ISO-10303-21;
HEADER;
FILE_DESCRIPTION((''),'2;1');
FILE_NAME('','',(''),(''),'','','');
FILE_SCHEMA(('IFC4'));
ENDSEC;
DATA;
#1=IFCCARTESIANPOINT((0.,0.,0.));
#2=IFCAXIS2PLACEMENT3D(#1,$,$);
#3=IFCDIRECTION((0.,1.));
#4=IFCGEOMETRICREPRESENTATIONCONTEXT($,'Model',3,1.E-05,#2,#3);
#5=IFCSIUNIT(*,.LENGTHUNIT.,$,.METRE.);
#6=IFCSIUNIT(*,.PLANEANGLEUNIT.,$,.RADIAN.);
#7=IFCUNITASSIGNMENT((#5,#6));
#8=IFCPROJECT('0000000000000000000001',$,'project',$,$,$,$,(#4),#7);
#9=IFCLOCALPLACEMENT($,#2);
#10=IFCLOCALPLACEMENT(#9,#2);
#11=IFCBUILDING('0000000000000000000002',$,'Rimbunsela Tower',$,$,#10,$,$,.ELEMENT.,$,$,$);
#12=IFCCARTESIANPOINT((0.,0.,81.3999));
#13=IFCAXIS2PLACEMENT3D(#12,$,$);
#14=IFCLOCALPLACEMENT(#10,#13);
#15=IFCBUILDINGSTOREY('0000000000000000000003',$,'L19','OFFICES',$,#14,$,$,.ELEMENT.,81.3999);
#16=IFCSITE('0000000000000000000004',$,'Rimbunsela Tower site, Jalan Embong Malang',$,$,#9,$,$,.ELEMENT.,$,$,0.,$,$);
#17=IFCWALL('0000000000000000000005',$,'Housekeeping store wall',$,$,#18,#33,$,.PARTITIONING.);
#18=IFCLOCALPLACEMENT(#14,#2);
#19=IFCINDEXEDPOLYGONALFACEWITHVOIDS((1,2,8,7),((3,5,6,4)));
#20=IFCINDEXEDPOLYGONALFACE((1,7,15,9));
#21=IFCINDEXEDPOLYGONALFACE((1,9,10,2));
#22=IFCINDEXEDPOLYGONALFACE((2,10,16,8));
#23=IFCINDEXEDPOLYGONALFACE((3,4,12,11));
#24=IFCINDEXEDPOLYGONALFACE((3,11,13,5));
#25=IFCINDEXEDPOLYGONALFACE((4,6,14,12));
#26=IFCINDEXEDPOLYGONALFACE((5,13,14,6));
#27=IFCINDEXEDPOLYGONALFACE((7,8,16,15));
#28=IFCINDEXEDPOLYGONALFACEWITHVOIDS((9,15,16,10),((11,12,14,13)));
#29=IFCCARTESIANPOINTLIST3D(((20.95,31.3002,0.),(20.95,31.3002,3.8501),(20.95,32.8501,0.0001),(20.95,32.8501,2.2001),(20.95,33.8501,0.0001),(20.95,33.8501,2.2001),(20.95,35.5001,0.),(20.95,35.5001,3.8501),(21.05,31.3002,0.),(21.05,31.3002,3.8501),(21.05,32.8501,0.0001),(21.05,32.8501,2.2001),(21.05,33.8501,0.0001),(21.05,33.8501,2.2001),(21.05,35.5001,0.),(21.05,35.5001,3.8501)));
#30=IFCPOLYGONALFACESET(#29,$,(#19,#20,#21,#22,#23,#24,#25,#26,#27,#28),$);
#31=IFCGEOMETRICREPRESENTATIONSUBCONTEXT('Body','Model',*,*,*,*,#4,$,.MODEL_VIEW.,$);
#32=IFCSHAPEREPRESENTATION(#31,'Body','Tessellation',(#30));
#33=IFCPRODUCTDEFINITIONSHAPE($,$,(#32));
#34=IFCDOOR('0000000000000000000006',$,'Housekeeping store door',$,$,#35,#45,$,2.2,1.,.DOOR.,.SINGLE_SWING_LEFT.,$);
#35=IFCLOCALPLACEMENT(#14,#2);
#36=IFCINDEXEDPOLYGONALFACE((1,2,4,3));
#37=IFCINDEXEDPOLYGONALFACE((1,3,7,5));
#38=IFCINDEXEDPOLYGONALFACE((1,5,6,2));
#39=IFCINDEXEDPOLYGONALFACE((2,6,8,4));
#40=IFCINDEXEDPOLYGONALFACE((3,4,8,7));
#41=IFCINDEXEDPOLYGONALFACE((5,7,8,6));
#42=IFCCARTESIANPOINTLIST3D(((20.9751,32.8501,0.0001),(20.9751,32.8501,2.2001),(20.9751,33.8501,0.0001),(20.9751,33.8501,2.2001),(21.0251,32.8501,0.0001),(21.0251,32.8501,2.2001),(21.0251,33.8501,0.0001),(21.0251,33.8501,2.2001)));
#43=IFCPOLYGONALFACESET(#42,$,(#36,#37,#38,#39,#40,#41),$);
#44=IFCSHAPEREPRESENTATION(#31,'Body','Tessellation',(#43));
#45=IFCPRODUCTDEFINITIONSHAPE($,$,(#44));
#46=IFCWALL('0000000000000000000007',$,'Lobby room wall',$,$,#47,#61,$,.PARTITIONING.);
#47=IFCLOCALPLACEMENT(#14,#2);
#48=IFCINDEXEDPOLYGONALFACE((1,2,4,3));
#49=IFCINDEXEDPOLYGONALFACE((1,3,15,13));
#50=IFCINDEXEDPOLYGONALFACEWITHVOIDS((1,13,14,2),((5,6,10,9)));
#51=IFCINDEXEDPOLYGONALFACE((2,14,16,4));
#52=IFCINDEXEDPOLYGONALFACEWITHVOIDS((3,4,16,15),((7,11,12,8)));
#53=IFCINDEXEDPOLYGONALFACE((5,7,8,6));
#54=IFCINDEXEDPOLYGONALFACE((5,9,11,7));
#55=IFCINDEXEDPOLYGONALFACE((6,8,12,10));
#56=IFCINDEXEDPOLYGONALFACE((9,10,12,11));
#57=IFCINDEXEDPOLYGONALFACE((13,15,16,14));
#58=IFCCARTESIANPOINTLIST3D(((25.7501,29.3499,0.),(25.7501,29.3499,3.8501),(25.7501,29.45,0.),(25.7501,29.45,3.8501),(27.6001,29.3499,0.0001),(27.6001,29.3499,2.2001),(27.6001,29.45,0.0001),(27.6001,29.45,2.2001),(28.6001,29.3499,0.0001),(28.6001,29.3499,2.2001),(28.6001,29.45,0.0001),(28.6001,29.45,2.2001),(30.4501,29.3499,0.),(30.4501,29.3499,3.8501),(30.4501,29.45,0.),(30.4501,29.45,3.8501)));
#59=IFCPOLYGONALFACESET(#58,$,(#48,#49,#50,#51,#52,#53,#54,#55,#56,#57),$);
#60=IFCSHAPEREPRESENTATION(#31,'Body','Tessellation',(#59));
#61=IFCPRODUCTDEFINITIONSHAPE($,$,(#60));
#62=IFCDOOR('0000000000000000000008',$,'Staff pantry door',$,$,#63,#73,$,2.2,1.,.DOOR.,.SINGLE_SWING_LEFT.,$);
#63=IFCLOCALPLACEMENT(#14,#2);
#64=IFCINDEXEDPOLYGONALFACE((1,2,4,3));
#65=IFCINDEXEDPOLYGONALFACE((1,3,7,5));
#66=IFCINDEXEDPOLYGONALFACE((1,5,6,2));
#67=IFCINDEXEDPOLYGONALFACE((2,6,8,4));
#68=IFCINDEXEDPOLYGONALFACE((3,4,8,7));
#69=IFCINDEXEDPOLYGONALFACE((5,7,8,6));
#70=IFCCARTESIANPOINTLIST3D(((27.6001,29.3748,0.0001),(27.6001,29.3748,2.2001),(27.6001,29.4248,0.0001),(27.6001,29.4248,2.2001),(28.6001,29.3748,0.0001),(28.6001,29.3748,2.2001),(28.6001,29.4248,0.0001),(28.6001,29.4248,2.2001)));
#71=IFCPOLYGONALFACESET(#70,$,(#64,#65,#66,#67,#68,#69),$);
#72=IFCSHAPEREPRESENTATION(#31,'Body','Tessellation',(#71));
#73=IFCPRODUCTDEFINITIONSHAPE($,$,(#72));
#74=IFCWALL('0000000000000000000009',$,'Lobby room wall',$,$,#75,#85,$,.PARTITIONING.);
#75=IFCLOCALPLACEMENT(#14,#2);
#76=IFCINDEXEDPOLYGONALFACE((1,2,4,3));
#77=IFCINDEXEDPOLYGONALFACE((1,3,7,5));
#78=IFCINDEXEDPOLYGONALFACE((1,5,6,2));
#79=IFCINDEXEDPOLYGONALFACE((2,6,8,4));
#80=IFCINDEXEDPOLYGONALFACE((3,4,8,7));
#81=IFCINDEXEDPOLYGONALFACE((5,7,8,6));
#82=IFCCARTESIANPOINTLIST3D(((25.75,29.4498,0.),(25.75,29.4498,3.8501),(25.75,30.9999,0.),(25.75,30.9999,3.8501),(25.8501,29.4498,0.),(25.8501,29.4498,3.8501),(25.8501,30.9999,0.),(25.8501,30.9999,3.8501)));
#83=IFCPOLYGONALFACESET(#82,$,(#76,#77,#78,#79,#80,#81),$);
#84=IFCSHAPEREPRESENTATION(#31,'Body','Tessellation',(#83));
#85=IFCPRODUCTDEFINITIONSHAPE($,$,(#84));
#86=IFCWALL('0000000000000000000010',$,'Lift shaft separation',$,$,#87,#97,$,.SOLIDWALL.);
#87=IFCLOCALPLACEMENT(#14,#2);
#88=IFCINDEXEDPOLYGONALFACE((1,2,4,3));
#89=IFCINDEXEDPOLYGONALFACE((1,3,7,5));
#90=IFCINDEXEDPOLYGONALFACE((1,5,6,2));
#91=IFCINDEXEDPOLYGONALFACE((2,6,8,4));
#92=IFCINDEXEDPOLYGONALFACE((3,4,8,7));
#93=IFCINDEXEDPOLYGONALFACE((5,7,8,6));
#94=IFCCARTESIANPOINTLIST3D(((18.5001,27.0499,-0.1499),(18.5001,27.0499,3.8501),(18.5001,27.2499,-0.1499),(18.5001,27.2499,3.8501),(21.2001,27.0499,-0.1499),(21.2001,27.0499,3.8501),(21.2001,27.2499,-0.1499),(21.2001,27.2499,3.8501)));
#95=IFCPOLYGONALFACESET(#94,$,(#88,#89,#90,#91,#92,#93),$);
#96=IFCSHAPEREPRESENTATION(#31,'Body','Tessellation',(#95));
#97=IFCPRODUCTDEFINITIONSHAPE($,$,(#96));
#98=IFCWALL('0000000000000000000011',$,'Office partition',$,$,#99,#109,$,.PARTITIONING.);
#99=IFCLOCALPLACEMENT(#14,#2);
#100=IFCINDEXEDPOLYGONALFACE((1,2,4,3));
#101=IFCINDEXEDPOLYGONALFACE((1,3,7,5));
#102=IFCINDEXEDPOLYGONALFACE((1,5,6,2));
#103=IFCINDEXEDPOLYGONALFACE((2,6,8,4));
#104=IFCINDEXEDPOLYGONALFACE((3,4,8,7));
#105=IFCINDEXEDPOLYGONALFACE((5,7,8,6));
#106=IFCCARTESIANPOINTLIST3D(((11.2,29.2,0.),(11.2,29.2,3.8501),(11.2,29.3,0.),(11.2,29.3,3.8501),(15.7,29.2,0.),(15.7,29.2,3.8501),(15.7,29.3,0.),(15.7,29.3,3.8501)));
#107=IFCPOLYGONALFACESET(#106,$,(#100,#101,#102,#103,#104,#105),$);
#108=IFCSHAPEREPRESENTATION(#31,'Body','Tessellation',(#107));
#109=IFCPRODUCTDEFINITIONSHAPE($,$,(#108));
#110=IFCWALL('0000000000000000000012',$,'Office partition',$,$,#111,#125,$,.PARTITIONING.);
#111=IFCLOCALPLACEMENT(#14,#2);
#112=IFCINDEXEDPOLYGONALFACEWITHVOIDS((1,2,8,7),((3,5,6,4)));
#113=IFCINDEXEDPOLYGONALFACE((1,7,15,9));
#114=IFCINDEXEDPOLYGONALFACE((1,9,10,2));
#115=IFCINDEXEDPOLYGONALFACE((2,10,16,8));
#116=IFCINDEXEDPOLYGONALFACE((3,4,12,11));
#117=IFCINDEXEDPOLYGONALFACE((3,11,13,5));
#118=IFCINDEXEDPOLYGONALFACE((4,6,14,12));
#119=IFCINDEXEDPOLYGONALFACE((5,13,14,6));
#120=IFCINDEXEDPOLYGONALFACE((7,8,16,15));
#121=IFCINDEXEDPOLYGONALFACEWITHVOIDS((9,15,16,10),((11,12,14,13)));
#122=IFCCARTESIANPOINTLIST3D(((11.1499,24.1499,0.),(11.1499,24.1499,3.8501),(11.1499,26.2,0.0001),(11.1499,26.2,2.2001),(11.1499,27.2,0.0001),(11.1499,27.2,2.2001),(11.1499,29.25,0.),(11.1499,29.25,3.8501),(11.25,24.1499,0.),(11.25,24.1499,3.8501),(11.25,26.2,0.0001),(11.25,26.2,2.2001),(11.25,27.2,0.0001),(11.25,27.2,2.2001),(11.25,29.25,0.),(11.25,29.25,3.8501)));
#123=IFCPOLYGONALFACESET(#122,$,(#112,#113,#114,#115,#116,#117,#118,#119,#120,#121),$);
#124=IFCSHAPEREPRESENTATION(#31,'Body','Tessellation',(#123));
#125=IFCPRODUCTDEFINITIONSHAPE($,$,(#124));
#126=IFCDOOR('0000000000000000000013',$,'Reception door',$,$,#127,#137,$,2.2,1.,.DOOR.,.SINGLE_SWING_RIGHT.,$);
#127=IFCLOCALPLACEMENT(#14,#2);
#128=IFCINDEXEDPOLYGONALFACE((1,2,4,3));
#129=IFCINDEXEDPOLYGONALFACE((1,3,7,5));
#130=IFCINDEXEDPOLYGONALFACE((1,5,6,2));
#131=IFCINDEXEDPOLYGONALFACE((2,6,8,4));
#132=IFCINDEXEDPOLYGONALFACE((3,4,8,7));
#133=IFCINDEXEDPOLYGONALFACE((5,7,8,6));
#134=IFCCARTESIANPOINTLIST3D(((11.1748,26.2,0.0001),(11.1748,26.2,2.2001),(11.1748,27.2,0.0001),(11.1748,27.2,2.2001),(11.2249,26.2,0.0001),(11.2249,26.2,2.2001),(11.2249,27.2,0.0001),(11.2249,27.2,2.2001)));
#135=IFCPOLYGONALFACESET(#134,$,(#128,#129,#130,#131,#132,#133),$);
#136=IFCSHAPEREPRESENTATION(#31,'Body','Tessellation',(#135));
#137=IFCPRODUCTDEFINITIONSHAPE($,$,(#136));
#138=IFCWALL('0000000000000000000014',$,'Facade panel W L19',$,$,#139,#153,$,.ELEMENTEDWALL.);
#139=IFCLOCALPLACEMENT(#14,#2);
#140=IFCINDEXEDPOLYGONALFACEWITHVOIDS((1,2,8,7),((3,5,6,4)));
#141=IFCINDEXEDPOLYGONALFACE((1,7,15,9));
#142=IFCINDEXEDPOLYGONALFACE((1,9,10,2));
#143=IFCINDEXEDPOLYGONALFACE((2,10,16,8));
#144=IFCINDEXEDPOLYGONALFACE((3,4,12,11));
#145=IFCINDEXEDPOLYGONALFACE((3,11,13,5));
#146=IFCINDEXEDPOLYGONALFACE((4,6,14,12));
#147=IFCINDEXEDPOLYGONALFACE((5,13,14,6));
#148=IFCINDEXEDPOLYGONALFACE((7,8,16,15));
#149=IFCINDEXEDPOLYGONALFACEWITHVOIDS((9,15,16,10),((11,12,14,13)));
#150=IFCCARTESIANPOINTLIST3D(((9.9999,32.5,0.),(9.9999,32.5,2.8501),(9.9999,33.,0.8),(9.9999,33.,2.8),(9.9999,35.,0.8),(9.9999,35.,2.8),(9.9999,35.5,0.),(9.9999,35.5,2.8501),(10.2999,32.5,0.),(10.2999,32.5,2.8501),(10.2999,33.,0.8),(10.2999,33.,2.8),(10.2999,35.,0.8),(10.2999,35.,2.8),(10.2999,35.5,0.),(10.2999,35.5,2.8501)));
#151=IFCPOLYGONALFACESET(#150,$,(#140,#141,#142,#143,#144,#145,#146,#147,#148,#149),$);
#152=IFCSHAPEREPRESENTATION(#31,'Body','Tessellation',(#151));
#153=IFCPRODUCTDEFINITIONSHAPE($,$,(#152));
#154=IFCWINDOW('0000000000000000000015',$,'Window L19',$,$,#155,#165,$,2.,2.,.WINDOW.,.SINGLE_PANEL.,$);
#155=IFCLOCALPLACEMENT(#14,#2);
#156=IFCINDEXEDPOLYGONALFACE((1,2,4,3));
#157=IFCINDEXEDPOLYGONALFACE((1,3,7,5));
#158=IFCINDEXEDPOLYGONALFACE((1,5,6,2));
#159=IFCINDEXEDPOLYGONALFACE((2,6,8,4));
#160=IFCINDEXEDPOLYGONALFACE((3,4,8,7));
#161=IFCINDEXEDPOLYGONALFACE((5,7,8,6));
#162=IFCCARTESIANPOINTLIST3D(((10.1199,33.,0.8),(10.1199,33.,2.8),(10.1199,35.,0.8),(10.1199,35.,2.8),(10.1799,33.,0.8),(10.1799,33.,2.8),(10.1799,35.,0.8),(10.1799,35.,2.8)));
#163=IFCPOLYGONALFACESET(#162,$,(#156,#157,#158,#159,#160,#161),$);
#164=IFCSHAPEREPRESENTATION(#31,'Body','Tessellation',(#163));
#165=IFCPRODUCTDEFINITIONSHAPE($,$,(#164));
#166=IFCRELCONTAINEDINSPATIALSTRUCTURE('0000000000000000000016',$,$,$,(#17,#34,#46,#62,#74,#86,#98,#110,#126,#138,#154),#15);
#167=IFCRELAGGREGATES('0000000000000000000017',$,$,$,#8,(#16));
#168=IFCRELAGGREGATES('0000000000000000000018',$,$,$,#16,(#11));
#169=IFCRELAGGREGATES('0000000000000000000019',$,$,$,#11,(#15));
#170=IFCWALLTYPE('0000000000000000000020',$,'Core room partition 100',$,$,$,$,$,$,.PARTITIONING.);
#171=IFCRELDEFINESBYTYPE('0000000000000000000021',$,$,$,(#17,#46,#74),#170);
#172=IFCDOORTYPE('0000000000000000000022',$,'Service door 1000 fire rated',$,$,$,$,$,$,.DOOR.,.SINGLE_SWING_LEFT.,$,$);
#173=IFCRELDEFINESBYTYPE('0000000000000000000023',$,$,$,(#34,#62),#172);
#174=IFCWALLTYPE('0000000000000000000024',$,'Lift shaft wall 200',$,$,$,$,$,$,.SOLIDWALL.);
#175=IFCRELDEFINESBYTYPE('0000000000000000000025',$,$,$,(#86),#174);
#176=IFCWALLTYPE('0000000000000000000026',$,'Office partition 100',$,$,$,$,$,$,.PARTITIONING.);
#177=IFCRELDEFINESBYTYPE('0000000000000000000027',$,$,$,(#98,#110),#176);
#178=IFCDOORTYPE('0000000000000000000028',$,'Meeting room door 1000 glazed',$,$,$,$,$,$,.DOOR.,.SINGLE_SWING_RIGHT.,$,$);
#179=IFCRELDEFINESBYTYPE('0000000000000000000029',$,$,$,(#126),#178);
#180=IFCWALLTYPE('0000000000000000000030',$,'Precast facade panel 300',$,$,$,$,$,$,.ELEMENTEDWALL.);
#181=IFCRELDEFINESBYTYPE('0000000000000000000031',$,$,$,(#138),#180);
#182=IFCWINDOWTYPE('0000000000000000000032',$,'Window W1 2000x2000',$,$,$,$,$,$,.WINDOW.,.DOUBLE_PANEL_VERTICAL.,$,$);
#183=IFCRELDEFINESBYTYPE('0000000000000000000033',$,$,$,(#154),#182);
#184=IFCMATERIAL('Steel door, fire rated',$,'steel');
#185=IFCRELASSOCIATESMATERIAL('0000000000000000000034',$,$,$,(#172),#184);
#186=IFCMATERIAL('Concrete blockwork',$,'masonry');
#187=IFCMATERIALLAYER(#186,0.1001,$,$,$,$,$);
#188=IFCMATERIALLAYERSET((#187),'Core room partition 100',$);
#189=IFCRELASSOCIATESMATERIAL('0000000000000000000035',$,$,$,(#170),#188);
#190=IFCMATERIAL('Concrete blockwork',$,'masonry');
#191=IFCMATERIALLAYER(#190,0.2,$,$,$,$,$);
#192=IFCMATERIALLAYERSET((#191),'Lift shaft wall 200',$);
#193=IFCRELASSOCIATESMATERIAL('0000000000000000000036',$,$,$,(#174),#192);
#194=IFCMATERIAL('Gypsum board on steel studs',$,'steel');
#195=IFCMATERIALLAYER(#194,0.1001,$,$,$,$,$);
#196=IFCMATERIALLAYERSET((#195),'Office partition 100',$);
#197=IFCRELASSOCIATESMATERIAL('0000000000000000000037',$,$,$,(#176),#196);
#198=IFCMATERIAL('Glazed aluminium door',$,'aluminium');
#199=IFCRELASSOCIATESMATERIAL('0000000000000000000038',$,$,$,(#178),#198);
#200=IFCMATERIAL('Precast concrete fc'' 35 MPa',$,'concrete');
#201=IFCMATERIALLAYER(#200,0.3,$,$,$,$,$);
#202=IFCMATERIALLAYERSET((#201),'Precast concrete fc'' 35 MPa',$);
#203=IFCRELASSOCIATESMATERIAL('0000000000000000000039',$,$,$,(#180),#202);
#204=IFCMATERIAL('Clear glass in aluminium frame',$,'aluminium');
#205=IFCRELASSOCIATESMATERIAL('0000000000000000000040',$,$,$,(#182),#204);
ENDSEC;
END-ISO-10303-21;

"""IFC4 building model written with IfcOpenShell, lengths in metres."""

from ifc_helpers import new_model, si_unit, direction, frame, frame_2d, origin, place, context, subcontext, project, spatial, rectangle, extrude, material, layer, layer_set, type_object, element, fill, save


model = new_model("IFC4")

# Units and contexts
model_context = context("Model", 3, precision=1e-05, world=origin(), true_north=direction((0.0, 1.0)))
body_context = subcontext(model_context, "Body", "Model", "MODEL_VIEW")
ifc_project = project(units=[si_unit("LENGTHUNIT", "METRE"), si_unit("PLANEANGLEUNIT", "RADIAN")], contexts=[model_context])

# Site, building, storey
site_placement = place(None, origin())
site = spatial("IfcSite", under=ifc_project, at=site_placement, Name="Rimbunsela Tower site, Jalan Embong Malang", CompositionType="ELEMENT", RefElevation=0.0)
building_placement = place(site_placement, origin())
building = spatial("IfcBuilding", under=site, at=building_placement, Name="Rimbunsela Tower", CompositionType="ELEMENT")
storey_placement = place(building_placement, frame((0.0, 0.0, 81.3999)))
storey = spatial("IfcBuildingStorey", under=building, at=storey_placement, Name="L19", Description="OFFICES", CompositionType="ELEMENT", Elevation=81.3999)

# Shared definitions
ifc_material_1 = material(Name="Steel door, fire rated", Category="steel")
door_type_1 = type_object("IfcDoorType", Name="Service door 1000 fire rated", OperationType="SINGLE_SWING_LEFT", PredefinedType="DOOR", material=ifc_material_1)

# Walls, openings, doors
ifc_material_2 = material(Name="Concrete blockwork", Category="masonry")
ifc_layer_1 = layer(ifc_material_2, 0.1001)
ifc_layer_set_1 = layer_set([ifc_layer_1], Name="Core room partition 100")
wall_type_1 = type_object("IfcWallType", Name="Core room partition 100", PredefinedType="PARTITIONING", material=ifc_layer_set_1)
wall_1_placement = place(storey_placement, frame((21.0, 31.3, 0.0), z_axis=(0.0, 0.0, 1.0), x_axis=(0.0, 1.0, 0.0)))
wall_1 = element("IfcWall", 1, at=wall_1_placement, inside=storey, type_object=wall_type_1, Name="Housekeeping store wall", PredefinedType="PARTITIONING", context=body_context, shape_type="SweptSolid", body=[
    extrude(rectangle(XDim=4.2, YDim=0.1001, at=frame_2d((2.1001, 0.0))), origin(), (0.0, 0.0, 1.0), 3.8501),
])
opening_1_placement = place(wall_1_placement, frame((1.55, 0.0, 0.0)))
opening_1 = element("IfcOpeningElement", 2, at=opening_1_placement, cuts=wall_1, PredefinedType="OPENING", context=body_context, shape_type="SweptSolid", body=[
    extrude(rectangle(XDim=1.0, YDim=2.2, at=frame_2d((0.5, 1.1001))), frame((0.0, 0.0601, 0.0), z_axis=(0.0, -1.0, 0.0), x_axis=(1.0, 0.0, 0.0)), (0.0, 0.0, 1.0), 0.1201),
])
door_1_placement = place(opening_1_placement, origin())
door_1 = element("IfcDoor", 3, at=door_1_placement, inside=storey, type_object=door_type_1, Name="Housekeeping store door", OperationType="SINGLE_SWING_LEFT", OverallHeight=2.2, OverallWidth=1.0, PredefinedType="DOOR", context=body_context, shape_type="SweptSolid", body=[
    extrude(rectangle(XDim=1.0, YDim=2.2, at=frame_2d((0.5, 1.1001))), frame((0.0, 0.0249, 0.0), z_axis=(0.0, -1.0, 0.0), x_axis=(1.0, 0.0, 0.0)), (0.0, 0.0, 1.0), 0.05),
])
fill(opening_1, door_1)
wall_2_placement = place(storey_placement, frame((25.75, 29.3999, 0.0), z_axis=(0.0, 0.0, 1.0), x_axis=(1.0, 0.0, 0.0)))
wall_2 = element("IfcWall", 4, at=wall_2_placement, inside=storey, type_object=wall_type_1, Name="Lobby room wall", PredefinedType="PARTITIONING", context=body_context, shape_type="SweptSolid", body=[
    extrude(rectangle(XDim=4.7, YDim=0.1001, at=frame_2d((2.3501, 0.0))), origin(), (0.0, 0.0, 1.0), 3.8501),
])
opening_2_placement = place(wall_2_placement, frame((1.8501, 0.0, 0.0)))
opening_2 = element("IfcOpeningElement", 5, at=opening_2_placement, cuts=wall_2, PredefinedType="OPENING", context=body_context, shape_type="SweptSolid", body=[
    extrude(rectangle(XDim=1.0, YDim=2.2, at=frame_2d((0.5, 1.1001))), frame((0.0, 0.0601, 0.0), z_axis=(0.0, -1.0, 0.0), x_axis=(1.0, 0.0, 0.0)), (0.0, 0.0, 1.0), 0.1201),
])
door_2_placement = place(opening_2_placement, origin())
door_2 = element("IfcDoor", 6, at=door_2_placement, inside=storey, type_object=door_type_1, Name="Staff pantry door", OperationType="SINGLE_SWING_LEFT", OverallHeight=2.2, OverallWidth=1.0, PredefinedType="DOOR", context=body_context, shape_type="SweptSolid", body=[
    extrude(rectangle(XDim=1.0, YDim=2.2, at=frame_2d((0.5, 1.1001))), frame((0.0, 0.0249, 0.0), z_axis=(0.0, -1.0, 0.0), x_axis=(1.0, 0.0, 0.0)), (0.0, 0.0, 1.0), 0.05),
])
fill(opening_2, door_2)

# Walls
wall_3_placement = place(storey_placement, frame((25.8, 29.45, 0.0), z_axis=(0.0, 0.0, 1.0), x_axis=(0.0, 1.0, 0.0)))
element("IfcWall", 7, at=wall_3_placement, inside=storey, type_object=wall_type_1, Name="Lobby room wall", PredefinedType="PARTITIONING", context=body_context, shape_type="SweptSolid", body=[
    extrude(rectangle(XDim=1.55, YDim=0.1001, at=frame_2d((0.7749, 0.0))), origin(), (0.0, 0.0, 1.0), 3.8501),
])
ifc_material_3 = material(Name="Concrete blockwork", Category="masonry")
ifc_layer_2 = layer(ifc_material_3, 0.2)
ifc_layer_set_2 = layer_set([ifc_layer_2], Name="Lift shaft wall 200")
wall_type_2 = type_object("IfcWallType", Name="Lift shaft wall 200", PredefinedType="SOLIDWALL", material=ifc_layer_set_2)
wall_4_placement = place(storey_placement, frame((18.5, 27.1499, -0.1499), z_axis=(0.0, 0.0, 1.0), x_axis=(1.0, 0.0, 0.0)))
element("IfcWall", 8, at=wall_4_placement, inside=storey, type_object=wall_type_2, Name="Lift shaft separation", PredefinedType="SOLIDWALL", context=body_context, shape_type="SweptSolid", body=[
    extrude(rectangle(XDim=2.7, YDim=0.2, at=frame_2d((1.3501, 0.0))), origin(), (0.0, 0.0, 1.0), 4.0),
])
ifc_material_4 = material(Name="Gypsum board on steel studs", Category="steel")
ifc_layer_3 = layer(ifc_material_4, 0.1001)
ifc_layer_set_3 = layer_set([ifc_layer_3], Name="Office partition 100")
wall_type_3 = type_object("IfcWallType", Name="Office partition 100", PredefinedType="PARTITIONING", material=ifc_layer_set_3)
wall_5_placement = place(storey_placement, frame((15.7, 29.25, 0.0), z_axis=(0.0, 0.0, 1.0), x_axis=(-1.0, 0.0, 0.0)))
element("IfcWall", 9, at=wall_5_placement, inside=storey, type_object=wall_type_3, Name="Office partition", PredefinedType="PARTITIONING", context=body_context, shape_type="SweptSolid", body=[
    extrude(rectangle(XDim=4.5, YDim=0.1001, at=frame_2d((2.25, 0.0))), origin(), (0.0, 0.0, 1.0), 3.8501),
])

# Wall, opening, door
wall_6_placement = place(storey_placement, frame((11.2, 29.25, 0.0), z_axis=(0.0, 0.0, 1.0), x_axis=(0.0, -1.0, 0.0)))
wall_6 = element("IfcWall", 10, at=wall_6_placement, inside=storey, type_object=wall_type_3, Name="Office partition", PredefinedType="PARTITIONING", context=body_context, shape_type="SweptSolid", body=[
    extrude(rectangle(XDim=5.1001, YDim=0.1001, at=frame_2d((2.55, 0.0))), origin(), (0.0, 0.0, 1.0), 3.8501),
])
opening_3_placement = place(wall_6_placement, frame((2.05, 0.0, 0.0)))
opening_3 = element("IfcOpeningElement", 11, at=opening_3_placement, cuts=wall_6, PredefinedType="OPENING", context=body_context, shape_type="SweptSolid", body=[
    extrude(rectangle(XDim=1.0, YDim=2.2, at=frame_2d((0.5, 1.1001))), frame((0.0, 0.0601, 0.0), z_axis=(0.0, -1.0, 0.0), x_axis=(1.0, 0.0, 0.0)), (0.0, 0.0, 1.0), 0.1201),
])
ifc_material_5 = material(Name="Glazed aluminium door", Category="aluminium")
door_type_2 = type_object("IfcDoorType", Name="Meeting room door 1000 glazed", OperationType="SINGLE_SWING_RIGHT", PredefinedType="DOOR", material=ifc_material_5)
door_3_placement = place(opening_3_placement, origin())
door_3 = element("IfcDoor", 12, at=door_3_placement, inside=storey, type_object=door_type_2, Name="Reception door", OperationType="SINGLE_SWING_RIGHT", OverallHeight=2.2, OverallWidth=1.0, PredefinedType="DOOR", context=body_context, shape_type="SweptSolid", body=[
    extrude(rectangle(XDim=1.0, YDim=2.2, at=frame_2d((0.5, 1.1001))), frame((0.0, 0.0249, 0.0), z_axis=(0.0, -1.0, 0.0), x_axis=(1.0, 0.0, 0.0)), (0.0, 0.0, 1.0), 0.05),
])
fill(opening_3, door_3)

# Wall, opening, window
ifc_material_6 = material(Name="Precast concrete fc' 35 MPa", Category="concrete")
ifc_layer_4 = layer(ifc_material_6, 0.3)
ifc_layer_set_4 = layer_set([ifc_layer_4], Name="Precast concrete fc' 35 MPa")
wall_type_4 = type_object("IfcWallType", Name="Precast facade panel 300", PredefinedType="ELEMENTEDWALL", material=ifc_layer_set_4)
wall_7_placement = place(storey_placement, frame((10.1499, 35.5, 0.0), z_axis=(0.0, 0.0, 1.0), x_axis=(0.0, -1.0, 0.0)))
wall_7 = element("IfcWall", 13, at=wall_7_placement, inside=storey, type_object=wall_type_4, Name="Facade panel W L19", PredefinedType="ELEMENTEDWALL", context=body_context, shape_type="SweptSolid", body=[
    extrude(rectangle(XDim=3.0, YDim=0.3, at=frame_2d((1.5, 0.0))), origin(), (0.0, 0.0, 1.0), 2.8501),
])
opening_4_placement = place(wall_7_placement, frame((0.5, 0.0, 0.8)))
opening_4 = element("IfcOpeningElement", 14, at=opening_4_placement, cuts=wall_7, PredefinedType="OPENING", context=body_context, shape_type="SweptSolid", body=[
    extrude(rectangle(XDim=2.0, YDim=2.0, at=frame_2d((1.0, 1.0))), frame((0.0, 0.1599, 0.0), z_axis=(0.0, -1.0, 0.0), x_axis=(1.0, 0.0, 0.0)), (0.0, 0.0, 1.0), 0.3201),
])
ifc_material_7 = material(Name="Clear glass in aluminium frame", Category="aluminium")
window_type = type_object("IfcWindowType", Name="Window W1 2000x2000", PartitioningType="DOUBLE_PANEL_VERTICAL", PredefinedType="WINDOW", material=ifc_material_7)
window_placement = place(opening_4_placement, origin())
window = element("IfcWindow", 15, at=window_placement, inside=storey, type_object=window_type, Name="Window L19", OverallHeight=2.0, OverallWidth=2.0, PartitioningType="SINGLE_PANEL", PredefinedType="WINDOW", context=body_context, shape_type="SweptSolid", body=[
    extrude(rectangle(XDim=2.0, YDim=2.0, at=frame_2d((1.0, 1.0))), frame((0.0, 0.03, 0.0), z_axis=(0.0, -1.0, 0.0), x_axis=(1.0, 0.0, 0.0)), (0.0, 0.0, 1.0), 0.0601),
])
fill(opening_4, window)

save(model, "model.ifc")
